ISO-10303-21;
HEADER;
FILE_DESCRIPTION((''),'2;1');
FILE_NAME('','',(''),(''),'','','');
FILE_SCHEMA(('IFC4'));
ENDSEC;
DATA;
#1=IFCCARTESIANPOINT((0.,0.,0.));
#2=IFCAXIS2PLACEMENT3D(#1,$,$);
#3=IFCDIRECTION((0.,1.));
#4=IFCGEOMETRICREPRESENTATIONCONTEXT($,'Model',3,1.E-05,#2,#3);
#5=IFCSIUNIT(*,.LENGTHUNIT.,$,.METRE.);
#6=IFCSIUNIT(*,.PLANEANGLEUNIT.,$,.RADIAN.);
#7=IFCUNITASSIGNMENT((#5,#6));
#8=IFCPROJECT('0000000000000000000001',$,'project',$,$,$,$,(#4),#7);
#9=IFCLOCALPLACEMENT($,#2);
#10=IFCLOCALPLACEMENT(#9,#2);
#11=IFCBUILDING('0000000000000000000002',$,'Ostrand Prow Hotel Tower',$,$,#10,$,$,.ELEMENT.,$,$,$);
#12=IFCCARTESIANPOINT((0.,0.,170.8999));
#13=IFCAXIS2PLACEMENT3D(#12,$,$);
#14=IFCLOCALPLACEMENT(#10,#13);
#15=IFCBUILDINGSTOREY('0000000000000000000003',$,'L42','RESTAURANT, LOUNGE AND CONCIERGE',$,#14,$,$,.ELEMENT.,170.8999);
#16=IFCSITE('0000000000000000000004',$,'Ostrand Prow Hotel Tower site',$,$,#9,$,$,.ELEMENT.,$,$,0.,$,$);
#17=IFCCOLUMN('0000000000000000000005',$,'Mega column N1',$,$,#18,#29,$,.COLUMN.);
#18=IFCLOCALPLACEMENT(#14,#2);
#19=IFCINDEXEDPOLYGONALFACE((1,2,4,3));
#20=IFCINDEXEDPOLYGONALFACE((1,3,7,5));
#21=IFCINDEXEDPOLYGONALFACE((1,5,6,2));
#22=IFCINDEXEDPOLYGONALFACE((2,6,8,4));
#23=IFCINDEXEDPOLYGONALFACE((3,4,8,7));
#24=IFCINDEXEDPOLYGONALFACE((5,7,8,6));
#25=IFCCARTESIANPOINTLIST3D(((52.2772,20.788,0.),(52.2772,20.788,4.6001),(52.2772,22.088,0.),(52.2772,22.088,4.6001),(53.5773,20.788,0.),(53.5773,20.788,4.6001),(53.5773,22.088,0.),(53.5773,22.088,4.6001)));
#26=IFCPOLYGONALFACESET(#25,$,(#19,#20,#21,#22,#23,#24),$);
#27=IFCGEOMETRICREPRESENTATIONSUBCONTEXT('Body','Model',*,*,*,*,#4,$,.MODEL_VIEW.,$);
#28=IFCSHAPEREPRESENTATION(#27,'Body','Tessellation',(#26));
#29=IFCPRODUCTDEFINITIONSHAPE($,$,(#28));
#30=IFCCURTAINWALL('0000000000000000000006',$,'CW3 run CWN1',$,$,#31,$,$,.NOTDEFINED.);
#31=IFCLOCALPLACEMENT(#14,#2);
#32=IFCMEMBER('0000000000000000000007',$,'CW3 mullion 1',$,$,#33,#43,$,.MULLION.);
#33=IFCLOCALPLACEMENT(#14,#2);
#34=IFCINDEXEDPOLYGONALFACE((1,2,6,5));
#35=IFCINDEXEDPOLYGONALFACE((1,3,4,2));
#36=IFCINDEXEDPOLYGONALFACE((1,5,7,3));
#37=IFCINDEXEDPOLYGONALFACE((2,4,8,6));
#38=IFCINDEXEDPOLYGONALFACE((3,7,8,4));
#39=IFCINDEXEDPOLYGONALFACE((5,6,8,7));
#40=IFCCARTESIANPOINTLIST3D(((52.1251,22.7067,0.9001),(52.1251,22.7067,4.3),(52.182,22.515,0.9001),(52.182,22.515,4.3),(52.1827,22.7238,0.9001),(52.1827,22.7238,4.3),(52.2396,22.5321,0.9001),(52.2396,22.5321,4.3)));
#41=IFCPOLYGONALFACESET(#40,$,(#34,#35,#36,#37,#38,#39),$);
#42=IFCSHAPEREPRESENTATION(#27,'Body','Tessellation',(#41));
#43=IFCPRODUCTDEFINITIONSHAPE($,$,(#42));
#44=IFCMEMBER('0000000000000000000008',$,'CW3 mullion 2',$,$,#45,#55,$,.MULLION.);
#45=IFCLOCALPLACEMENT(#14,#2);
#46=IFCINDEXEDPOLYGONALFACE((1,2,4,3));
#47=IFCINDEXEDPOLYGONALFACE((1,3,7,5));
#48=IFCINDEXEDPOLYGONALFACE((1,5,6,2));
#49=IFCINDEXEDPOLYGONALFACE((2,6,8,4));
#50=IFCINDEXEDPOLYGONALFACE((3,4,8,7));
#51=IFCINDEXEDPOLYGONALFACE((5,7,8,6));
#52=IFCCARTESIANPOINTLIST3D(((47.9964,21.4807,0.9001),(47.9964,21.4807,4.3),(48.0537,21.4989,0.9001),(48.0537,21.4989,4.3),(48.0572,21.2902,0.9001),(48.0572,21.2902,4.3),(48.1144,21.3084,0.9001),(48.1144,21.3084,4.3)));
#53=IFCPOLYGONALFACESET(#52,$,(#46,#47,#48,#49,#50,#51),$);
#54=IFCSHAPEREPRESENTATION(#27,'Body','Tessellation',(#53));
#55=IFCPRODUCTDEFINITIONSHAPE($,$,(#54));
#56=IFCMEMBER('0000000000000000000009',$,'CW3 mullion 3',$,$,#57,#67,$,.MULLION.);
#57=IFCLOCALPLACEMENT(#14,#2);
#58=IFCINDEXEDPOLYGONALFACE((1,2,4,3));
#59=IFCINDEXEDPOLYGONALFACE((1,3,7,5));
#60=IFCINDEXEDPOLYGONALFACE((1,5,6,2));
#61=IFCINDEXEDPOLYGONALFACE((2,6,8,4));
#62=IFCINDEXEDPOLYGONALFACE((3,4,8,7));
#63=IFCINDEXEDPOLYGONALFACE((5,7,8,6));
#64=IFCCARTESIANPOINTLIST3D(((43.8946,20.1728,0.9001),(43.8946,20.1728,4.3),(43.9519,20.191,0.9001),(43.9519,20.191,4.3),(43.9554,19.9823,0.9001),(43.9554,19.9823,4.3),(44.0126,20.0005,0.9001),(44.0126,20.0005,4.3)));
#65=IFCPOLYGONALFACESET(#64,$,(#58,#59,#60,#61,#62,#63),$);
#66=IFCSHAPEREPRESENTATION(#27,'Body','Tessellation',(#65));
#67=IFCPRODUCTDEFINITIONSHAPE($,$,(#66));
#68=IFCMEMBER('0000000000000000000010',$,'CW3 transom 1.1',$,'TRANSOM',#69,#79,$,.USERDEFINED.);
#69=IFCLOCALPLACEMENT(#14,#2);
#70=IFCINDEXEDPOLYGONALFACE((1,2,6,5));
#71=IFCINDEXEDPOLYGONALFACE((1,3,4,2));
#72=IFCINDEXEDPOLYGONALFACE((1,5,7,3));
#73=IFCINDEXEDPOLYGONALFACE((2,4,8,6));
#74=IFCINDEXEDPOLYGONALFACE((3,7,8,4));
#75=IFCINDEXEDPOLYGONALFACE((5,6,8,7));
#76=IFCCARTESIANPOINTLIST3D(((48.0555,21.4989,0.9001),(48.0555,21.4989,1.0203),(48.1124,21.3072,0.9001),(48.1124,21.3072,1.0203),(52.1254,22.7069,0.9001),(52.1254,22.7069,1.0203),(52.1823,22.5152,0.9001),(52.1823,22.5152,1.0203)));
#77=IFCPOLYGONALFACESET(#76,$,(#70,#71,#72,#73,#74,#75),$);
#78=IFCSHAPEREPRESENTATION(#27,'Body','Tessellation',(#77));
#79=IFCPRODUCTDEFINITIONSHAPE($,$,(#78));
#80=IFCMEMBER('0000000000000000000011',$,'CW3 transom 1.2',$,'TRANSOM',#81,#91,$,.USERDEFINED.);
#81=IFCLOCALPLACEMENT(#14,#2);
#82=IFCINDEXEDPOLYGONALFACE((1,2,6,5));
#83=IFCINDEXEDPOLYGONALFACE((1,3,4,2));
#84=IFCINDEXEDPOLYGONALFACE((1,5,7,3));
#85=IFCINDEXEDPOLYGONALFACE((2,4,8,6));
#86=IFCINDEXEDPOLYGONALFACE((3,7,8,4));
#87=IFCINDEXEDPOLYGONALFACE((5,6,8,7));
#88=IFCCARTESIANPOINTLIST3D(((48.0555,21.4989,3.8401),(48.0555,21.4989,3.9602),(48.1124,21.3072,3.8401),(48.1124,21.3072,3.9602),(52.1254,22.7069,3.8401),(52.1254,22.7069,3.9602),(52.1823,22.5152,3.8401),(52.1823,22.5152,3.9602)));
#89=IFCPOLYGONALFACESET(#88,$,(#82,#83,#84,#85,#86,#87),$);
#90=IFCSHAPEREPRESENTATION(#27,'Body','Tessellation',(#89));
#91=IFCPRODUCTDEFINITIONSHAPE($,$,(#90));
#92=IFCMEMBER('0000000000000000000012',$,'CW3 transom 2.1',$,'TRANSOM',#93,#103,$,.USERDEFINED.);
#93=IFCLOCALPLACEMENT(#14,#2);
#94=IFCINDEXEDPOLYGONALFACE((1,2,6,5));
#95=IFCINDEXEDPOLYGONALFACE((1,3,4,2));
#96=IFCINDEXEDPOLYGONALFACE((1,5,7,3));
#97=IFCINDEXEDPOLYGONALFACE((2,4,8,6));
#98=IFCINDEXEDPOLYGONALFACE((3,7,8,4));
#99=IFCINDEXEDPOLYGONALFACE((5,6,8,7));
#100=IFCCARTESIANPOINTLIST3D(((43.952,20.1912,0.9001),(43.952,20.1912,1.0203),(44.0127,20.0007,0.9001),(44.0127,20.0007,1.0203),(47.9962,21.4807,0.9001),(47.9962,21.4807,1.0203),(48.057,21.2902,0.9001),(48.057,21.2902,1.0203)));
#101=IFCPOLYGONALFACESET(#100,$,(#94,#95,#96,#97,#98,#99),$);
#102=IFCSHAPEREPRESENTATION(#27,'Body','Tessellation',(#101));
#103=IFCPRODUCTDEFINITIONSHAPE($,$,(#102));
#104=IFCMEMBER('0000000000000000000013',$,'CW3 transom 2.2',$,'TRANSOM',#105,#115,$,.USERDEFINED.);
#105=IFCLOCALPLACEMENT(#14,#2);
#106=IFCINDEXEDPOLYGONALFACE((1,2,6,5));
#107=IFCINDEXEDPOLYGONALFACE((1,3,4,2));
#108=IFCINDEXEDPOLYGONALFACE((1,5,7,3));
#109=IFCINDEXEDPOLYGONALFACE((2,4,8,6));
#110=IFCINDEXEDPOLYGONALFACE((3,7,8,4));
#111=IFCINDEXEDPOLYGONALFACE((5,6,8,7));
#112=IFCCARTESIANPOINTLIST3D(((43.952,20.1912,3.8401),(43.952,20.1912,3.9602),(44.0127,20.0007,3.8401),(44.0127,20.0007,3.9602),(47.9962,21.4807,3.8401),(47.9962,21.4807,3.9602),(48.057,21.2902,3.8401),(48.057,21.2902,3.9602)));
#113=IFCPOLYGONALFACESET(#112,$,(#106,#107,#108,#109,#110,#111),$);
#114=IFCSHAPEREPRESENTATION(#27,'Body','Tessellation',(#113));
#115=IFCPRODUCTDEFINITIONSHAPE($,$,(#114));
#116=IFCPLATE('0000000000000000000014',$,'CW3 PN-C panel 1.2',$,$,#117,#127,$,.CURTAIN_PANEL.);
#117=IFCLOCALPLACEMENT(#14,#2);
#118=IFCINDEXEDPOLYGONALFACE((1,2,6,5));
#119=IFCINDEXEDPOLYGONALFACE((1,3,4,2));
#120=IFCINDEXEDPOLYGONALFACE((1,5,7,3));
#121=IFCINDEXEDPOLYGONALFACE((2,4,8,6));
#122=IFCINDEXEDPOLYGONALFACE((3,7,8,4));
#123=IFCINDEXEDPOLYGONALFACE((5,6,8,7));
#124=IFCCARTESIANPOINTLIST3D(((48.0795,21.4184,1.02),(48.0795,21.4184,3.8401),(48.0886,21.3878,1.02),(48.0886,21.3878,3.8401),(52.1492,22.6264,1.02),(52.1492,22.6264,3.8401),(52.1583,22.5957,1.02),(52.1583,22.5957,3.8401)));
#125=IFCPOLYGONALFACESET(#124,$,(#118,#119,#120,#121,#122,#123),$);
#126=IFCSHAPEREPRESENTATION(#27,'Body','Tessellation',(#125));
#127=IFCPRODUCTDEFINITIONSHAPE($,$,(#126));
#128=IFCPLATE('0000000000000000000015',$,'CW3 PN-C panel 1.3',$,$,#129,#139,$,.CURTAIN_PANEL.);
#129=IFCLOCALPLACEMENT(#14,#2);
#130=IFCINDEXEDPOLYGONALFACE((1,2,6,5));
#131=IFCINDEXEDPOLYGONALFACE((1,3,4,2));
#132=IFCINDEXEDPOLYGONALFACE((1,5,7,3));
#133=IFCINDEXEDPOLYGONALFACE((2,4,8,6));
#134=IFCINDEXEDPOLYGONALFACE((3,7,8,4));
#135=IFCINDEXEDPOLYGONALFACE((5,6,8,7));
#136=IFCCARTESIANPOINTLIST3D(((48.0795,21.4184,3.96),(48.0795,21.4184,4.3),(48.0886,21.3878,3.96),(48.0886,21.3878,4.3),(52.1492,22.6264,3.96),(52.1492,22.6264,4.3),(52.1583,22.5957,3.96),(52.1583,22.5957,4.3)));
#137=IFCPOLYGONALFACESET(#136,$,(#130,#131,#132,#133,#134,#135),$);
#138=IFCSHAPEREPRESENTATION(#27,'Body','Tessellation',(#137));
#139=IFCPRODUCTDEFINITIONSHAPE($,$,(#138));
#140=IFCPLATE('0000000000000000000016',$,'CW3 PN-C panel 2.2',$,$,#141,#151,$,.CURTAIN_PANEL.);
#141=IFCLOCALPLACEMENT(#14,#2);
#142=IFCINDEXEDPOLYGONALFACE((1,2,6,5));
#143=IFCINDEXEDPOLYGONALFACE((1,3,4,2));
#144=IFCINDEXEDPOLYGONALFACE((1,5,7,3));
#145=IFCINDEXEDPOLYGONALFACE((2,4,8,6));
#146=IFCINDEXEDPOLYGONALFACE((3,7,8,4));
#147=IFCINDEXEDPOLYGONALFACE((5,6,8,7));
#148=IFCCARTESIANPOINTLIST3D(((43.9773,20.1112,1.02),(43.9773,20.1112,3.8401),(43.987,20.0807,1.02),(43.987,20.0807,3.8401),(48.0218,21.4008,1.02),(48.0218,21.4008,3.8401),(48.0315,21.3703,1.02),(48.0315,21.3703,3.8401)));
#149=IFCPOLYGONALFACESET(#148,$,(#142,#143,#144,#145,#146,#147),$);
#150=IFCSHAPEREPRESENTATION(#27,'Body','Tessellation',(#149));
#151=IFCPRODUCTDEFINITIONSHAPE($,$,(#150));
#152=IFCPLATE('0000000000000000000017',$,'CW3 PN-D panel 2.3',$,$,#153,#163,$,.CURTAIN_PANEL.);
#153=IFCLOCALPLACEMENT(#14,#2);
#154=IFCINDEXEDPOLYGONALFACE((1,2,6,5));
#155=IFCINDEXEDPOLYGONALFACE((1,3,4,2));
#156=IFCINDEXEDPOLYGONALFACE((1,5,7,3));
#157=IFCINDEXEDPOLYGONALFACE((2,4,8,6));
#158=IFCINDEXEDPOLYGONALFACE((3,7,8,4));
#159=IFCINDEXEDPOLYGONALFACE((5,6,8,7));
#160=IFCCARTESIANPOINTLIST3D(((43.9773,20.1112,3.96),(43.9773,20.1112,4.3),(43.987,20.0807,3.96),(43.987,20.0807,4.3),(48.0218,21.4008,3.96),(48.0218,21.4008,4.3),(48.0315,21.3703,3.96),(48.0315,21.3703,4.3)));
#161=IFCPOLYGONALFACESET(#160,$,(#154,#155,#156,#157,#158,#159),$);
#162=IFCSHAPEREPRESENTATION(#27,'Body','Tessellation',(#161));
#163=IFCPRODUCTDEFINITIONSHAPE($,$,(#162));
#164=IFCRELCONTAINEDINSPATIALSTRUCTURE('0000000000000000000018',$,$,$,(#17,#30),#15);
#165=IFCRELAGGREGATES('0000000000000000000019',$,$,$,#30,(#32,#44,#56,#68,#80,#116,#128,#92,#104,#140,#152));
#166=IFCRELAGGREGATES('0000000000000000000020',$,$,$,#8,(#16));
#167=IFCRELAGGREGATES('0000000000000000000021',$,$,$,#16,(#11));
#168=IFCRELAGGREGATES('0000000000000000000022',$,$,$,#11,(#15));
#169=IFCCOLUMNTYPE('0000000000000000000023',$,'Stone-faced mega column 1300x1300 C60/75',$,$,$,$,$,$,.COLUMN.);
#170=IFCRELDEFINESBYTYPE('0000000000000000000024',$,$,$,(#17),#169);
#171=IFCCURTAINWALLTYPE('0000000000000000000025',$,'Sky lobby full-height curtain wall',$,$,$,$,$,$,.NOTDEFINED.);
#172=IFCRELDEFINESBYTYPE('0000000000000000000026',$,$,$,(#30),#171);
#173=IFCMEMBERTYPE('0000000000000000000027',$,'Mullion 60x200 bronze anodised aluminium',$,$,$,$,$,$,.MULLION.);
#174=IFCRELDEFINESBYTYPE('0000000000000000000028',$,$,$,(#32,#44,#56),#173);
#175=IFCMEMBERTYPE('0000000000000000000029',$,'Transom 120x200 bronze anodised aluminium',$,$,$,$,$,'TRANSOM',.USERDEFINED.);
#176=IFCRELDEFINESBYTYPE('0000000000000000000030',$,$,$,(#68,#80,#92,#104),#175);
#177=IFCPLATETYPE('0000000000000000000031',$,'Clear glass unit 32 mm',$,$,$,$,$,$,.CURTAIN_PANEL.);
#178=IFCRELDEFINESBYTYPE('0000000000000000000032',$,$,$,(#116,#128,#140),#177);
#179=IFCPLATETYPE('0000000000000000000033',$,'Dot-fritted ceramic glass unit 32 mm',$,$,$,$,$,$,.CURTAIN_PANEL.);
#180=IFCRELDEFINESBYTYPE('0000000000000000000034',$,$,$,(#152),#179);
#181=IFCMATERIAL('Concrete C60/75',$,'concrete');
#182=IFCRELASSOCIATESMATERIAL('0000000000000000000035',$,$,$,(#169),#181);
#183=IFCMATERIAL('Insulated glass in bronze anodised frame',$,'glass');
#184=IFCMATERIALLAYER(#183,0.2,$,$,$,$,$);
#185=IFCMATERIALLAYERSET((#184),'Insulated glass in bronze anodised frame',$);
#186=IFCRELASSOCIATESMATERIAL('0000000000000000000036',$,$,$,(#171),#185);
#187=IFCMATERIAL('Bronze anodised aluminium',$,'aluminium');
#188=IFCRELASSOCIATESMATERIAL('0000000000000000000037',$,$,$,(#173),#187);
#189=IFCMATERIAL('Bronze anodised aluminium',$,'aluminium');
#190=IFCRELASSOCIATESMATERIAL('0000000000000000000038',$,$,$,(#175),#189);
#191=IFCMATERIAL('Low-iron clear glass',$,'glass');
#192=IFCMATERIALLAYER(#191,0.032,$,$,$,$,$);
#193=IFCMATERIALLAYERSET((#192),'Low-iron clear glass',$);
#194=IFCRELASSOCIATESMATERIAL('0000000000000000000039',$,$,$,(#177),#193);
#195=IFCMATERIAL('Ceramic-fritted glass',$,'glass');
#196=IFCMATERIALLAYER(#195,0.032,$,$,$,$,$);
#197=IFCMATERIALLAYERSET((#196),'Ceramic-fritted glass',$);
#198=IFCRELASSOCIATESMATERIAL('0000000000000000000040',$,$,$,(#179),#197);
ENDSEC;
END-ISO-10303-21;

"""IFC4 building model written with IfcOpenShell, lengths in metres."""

from ifc_helpers import new_model, si_unit, direction, frame, origin, origin_2d, place, context, subcontext, project, spatial, rectangle, extrude, material, layer, layer_set, material_profile, profile_set, type_object, element, aggregate, save


model = new_model("IFC4")

# Units and contexts
model_context = context("Model", 3, precision=1e-05, world=origin(), true_north=direction((0.0, 1.0)))
body_context = subcontext(model_context, "Body", "Model", "MODEL_VIEW")
ifc_project = project(units=[si_unit("LENGTHUNIT", "METRE"), si_unit("PLANEANGLEUNIT", "RADIAN")], contexts=[model_context])

# Site, building, storey
site_placement = place(None, origin())
site = spatial("IfcSite", under=ifc_project, at=site_placement, Name="Ostrand Prow Hotel Tower site", CompositionType="ELEMENT", RefElevation=0.0)
building_placement = place(site_placement, origin())
building = spatial("IfcBuilding", under=site, at=building_placement, Name="Ostrand Prow Hotel Tower", CompositionType="ELEMENT")
storey_placement = place(building_placement, frame((0.0, 0.0, 170.8999)))
storey = spatial("IfcBuildingStorey", under=building, at=storey_placement, Name="L42", Description="RESTAURANT, LOUNGE AND CONCIERGE", CompositionType="ELEMENT", Elevation=170.8999)

# Column
ifc_material_1 = material(Name="Concrete C60/75", Category="concrete")
ifc_material_profile_1 = material_profile(ifc_material_1, rectangle(XDim=1.3, YDim=1.3, at=origin_2d()), Name="RC 1300x1300")
ifc_profile_set_1 = profile_set([ifc_material_profile_1], Name="Concrete C60/75")
column_type = type_object("IfcColumnType", Name="Stone-faced mega column 1300x1300 C60/75", PredefinedType="COLUMN", material=ifc_profile_set_1)
column_placement = place(storey_placement, frame((52.9272, 21.438, 0.0), z_axis=(0.0, 0.0, 1.0), x_axis=(1.0, 0.0, 0.0)))
element("IfcColumn", 1, at=column_placement, inside=storey, type_object=column_type, Name="Mega column N1", PredefinedType="COLUMN", context=body_context, shape_type="SweptSolid", body=[
    extrude(rectangle(XDim=1.3, YDim=1.3, at=origin_2d()), origin(), (0.0, 0.0, 1.0), 4.6001),
])

# Curtain wall, members, plates
ifc_material_2 = material(Name="Insulated glass in bronze anodised frame", Category="glass")
ifc_layer_1 = layer(ifc_material_2, 0.2)
ifc_layer_set_1 = layer_set([ifc_layer_1], Name="Insulated glass in bronze anodised frame")
curtain_wall_type = type_object("IfcCurtainWallType", Name="Sky lobby full-height curtain wall", PredefinedType="NOTDEFINED", material=ifc_layer_set_1)
curtain_wall_placement = place(storey_placement, origin())
curtain_wall = element("IfcCurtainWall", 2, at=curtain_wall_placement, inside=storey, type_object=curtain_wall_type, Name="CW3 run CWN1", PredefinedType="NOTDEFINED")
ifc_material_3 = material(Name="Bronze anodised aluminium", Category="aluminium")
ifc_material_profile_2 = material_profile(ifc_material_3, rectangle(XDim=0.2, YDim=0.0601, at=origin_2d()), Name="Mullion 60x200 bronze anodised aluminium")
ifc_profile_set_2 = profile_set([ifc_material_profile_2], Name="Bronze anodised aluminium")
member_type_1 = type_object("IfcMemberType", Name="Mullion 60x200 bronze anodised aluminium", PredefinedType="MULLION", material=ifc_profile_set_2)
member_1_placement = place(storey_placement, frame((52.1824, 22.6194, 0.9001), z_axis=(0.0, 0.0, 1.0), x_axis=(0.284544, -0.958663, 0.0)))
member_1 = element("IfcMember", 3, at=member_1_placement, type_object=member_type_1, Name="CW3 mullion 1", PredefinedType="MULLION", context=body_context, shape_type="SweptSolid", body=[
    extrude(rectangle(XDim=0.2, YDim=0.0601, at=origin_2d()), origin(), (0.0, 0.0, 1.0), 3.3999),
])
member_2_placement = place(storey_placement, frame((48.0554, 21.3945, 0.9001), z_axis=(0.0, 0.0, 1.0), x_axis=(0.303787, -0.95274, 0.0)))
member_2 = element("IfcMember", 4, at=member_2_placement, type_object=member_type_1, Name="CW3 mullion 2", PredefinedType="MULLION", context=body_context, shape_type="SweptSolid", body=[
    extrude(rectangle(XDim=0.2, YDim=0.0601, at=origin_2d()), origin(), (0.0, 0.0, 1.0), 3.3999),
])
member_3_placement = place(storey_placement, frame((43.9536, 20.0867, 0.9001), z_axis=(0.0, 0.0, 1.0), x_axis=(0.303787, -0.95274, 0.0)))
member_3 = element("IfcMember", 5, at=member_3_placement, type_object=member_type_1, Name="CW3 mullion 3", PredefinedType="MULLION", context=body_context, shape_type="SweptSolid", body=[
    extrude(rectangle(XDim=0.2, YDim=0.0601, at=origin_2d()), origin(), (0.0, 0.0, 1.0), 3.3999),
])
ifc_material_4 = material(Name="Bronze anodised aluminium", Category="aluminium")
ifc_material_profile_3 = material_profile(ifc_material_4, rectangle(XDim=0.2, YDim=0.1201, at=origin_2d()), Name="Transom 120x200 bronze anodised aluminium")
ifc_profile_set_3 = profile_set([ifc_material_profile_3], Name="Bronze anodised aluminium")
member_type_2 = type_object("IfcMemberType", Name="Transom 120x200 bronze anodised aluminium", ElementType="TRANSOM", PredefinedType="USERDEFINED", material=ifc_profile_set_3)
member_4_placement = place(storey_placement, frame((52.1538, 22.6111, 0.9602), z_axis=(-0.958661, -0.28455, 0.0), x_axis=(0.28455, -0.958661, 0.0)))
member_4 = element("IfcMember", 6, at=member_4_placement, type_object=member_type_2, Name="CW3 transom 1.1", ObjectType="TRANSOM", PredefinedType="USERDEFINED", context=body_context, shape_type="SweptSolid", body=[
    extrude(rectangle(XDim=0.2, YDim=0.1201, at=origin_2d()), origin(), (0.0, 0.0, 1.0), 4.2454),
])
member_5_placement = place(storey_placement, frame((52.1538, 22.6111, 3.9001), z_axis=(-0.958661, -0.28455, 0.0), x_axis=(0.28455, -0.958661, 0.0)))
member_5 = element("IfcMember", 7, at=member_5_placement, type_object=member_type_2, Name="CW3 transom 1.2", ObjectType="TRANSOM", PredefinedType="USERDEFINED", context=body_context, shape_type="SweptSolid", body=[
    extrude(rectangle(XDim=0.2, YDim=0.1201, at=origin_2d()), origin(), (0.0, 0.0, 1.0), 4.2454),
])
member_6_placement = place(storey_placement, frame((48.0266, 21.3855, 0.9602), z_axis=(-0.952738, -0.303795, 0.0), x_axis=(0.303795, -0.952738, 0.0)))
member_6 = element("IfcMember", 8, at=member_6_placement, type_object=member_type_2, Name="CW3 transom 2.1", ObjectType="TRANSOM", PredefinedType="USERDEFINED", context=body_context, shape_type="SweptSolid", body=[
    extrude(rectangle(XDim=0.2, YDim=0.1201, at=origin_2d()), origin(), (0.0, 0.0, 1.0), 4.2449),
])
member_7_placement = place(storey_placement, frame((48.0266, 21.3855, 3.9001), z_axis=(-0.952738, -0.303795, 0.0), x_axis=(0.303795, -0.952738, 0.0)))
member_7 = element("IfcMember", 9, at=member_7_placement, type_object=member_type_2, Name="CW3 transom 2.2", ObjectType="TRANSOM", PredefinedType="USERDEFINED", context=body_context, shape_type="SweptSolid", body=[
    extrude(rectangle(XDim=0.2, YDim=0.1201, at=origin_2d()), origin(), (0.0, 0.0, 1.0), 4.2449),
])
ifc_material_5 = material(Name="Low-iron clear glass", Category="glass")
ifc_layer_2 = layer(ifc_material_5, 0.032)
ifc_layer_set_2 = layer_set([ifc_layer_2], Name="Low-iron clear glass")
plate_type_1 = type_object("IfcPlateType", Name="Clear glass unit 32 mm", PredefinedType="CURTAIN_PANEL", material=ifc_layer_set_2)
plate_1_placement = place(storey_placement, frame((50.1189, 22.0071, 1.02), z_axis=(0.0, 0.0, 1.0), x_axis=(-0.958663, -0.284544, 0.0)))
plate_1 = element("IfcPlate", 10, at=plate_1_placement, type_object=plate_type_1, Name="CW3 PN-C panel 1.2", PredefinedType="CURTAIN_PANEL", context=body_context, shape_type="SweptSolid", body=[
    extrude(rectangle(XDim=4.2451, YDim=0.032, at=origin_2d()), origin(), (0.0, 0.0, 1.0), 2.8201),
])
plate_2_placement = place(storey_placement, frame((50.1189, 22.0071, 3.96), z_axis=(0.0, 0.0, 1.0), x_axis=(-0.958663, -0.284544, 0.0)))
plate_2 = element("IfcPlate", 11, at=plate_2_placement, type_object=plate_type_1, Name="CW3 PN-C panel 1.3", PredefinedType="CURTAIN_PANEL", context=body_context, shape_type="SweptSolid", body=[
    extrude(rectangle(XDim=4.2451, YDim=0.032, at=origin_2d()), origin(), (0.0, 0.0, 1.0), 0.3401),
])
plate_3_placement = place(storey_placement, frame((46.0044, 20.7407, 1.02), z_axis=(0.0, 0.0, 1.0), x_axis=(-0.95274, -0.303787, 0.0)))
plate_3 = element("IfcPlate", 12, at=plate_3_placement, type_object=plate_type_1, Name="CW3 PN-C panel 2.2", PredefinedType="CURTAIN_PANEL", context=body_context, shape_type="SweptSolid", body=[
    extrude(rectangle(XDim=4.2451, YDim=0.032, at=origin_2d()), origin(), (0.0, 0.0, 1.0), 2.8201),
])
ifc_material_6 = material(Name="Ceramic-fritted glass", Category="glass")
ifc_layer_3 = layer(ifc_material_6, 0.032)
ifc_layer_set_3 = layer_set([ifc_layer_3], Name="Ceramic-fritted glass")
plate_type_2 = type_object("IfcPlateType", Name="Dot-fritted ceramic glass unit 32 mm", PredefinedType="CURTAIN_PANEL", material=ifc_layer_set_3)
plate_4_placement = place(storey_placement, frame((46.0044, 20.7407, 3.96), z_axis=(0.0, 0.0, 1.0), x_axis=(-0.95274, -0.303787, 0.0)))
plate_4 = element("IfcPlate", 13, at=plate_4_placement, type_object=plate_type_2, Name="CW3 PN-D panel 2.3", PredefinedType="CURTAIN_PANEL", context=body_context, shape_type="SweptSolid", body=[
    extrude(rectangle(XDim=4.2451, YDim=0.032, at=origin_2d()), origin(), (0.0, 0.0, 1.0), 0.3401),
])
aggregate(curtain_wall, [member_1, member_2, member_3, member_4, member_5, plate_1, plate_2, member_6, member_7, plate_3, plate_4])

save(model, "model.ifc")
